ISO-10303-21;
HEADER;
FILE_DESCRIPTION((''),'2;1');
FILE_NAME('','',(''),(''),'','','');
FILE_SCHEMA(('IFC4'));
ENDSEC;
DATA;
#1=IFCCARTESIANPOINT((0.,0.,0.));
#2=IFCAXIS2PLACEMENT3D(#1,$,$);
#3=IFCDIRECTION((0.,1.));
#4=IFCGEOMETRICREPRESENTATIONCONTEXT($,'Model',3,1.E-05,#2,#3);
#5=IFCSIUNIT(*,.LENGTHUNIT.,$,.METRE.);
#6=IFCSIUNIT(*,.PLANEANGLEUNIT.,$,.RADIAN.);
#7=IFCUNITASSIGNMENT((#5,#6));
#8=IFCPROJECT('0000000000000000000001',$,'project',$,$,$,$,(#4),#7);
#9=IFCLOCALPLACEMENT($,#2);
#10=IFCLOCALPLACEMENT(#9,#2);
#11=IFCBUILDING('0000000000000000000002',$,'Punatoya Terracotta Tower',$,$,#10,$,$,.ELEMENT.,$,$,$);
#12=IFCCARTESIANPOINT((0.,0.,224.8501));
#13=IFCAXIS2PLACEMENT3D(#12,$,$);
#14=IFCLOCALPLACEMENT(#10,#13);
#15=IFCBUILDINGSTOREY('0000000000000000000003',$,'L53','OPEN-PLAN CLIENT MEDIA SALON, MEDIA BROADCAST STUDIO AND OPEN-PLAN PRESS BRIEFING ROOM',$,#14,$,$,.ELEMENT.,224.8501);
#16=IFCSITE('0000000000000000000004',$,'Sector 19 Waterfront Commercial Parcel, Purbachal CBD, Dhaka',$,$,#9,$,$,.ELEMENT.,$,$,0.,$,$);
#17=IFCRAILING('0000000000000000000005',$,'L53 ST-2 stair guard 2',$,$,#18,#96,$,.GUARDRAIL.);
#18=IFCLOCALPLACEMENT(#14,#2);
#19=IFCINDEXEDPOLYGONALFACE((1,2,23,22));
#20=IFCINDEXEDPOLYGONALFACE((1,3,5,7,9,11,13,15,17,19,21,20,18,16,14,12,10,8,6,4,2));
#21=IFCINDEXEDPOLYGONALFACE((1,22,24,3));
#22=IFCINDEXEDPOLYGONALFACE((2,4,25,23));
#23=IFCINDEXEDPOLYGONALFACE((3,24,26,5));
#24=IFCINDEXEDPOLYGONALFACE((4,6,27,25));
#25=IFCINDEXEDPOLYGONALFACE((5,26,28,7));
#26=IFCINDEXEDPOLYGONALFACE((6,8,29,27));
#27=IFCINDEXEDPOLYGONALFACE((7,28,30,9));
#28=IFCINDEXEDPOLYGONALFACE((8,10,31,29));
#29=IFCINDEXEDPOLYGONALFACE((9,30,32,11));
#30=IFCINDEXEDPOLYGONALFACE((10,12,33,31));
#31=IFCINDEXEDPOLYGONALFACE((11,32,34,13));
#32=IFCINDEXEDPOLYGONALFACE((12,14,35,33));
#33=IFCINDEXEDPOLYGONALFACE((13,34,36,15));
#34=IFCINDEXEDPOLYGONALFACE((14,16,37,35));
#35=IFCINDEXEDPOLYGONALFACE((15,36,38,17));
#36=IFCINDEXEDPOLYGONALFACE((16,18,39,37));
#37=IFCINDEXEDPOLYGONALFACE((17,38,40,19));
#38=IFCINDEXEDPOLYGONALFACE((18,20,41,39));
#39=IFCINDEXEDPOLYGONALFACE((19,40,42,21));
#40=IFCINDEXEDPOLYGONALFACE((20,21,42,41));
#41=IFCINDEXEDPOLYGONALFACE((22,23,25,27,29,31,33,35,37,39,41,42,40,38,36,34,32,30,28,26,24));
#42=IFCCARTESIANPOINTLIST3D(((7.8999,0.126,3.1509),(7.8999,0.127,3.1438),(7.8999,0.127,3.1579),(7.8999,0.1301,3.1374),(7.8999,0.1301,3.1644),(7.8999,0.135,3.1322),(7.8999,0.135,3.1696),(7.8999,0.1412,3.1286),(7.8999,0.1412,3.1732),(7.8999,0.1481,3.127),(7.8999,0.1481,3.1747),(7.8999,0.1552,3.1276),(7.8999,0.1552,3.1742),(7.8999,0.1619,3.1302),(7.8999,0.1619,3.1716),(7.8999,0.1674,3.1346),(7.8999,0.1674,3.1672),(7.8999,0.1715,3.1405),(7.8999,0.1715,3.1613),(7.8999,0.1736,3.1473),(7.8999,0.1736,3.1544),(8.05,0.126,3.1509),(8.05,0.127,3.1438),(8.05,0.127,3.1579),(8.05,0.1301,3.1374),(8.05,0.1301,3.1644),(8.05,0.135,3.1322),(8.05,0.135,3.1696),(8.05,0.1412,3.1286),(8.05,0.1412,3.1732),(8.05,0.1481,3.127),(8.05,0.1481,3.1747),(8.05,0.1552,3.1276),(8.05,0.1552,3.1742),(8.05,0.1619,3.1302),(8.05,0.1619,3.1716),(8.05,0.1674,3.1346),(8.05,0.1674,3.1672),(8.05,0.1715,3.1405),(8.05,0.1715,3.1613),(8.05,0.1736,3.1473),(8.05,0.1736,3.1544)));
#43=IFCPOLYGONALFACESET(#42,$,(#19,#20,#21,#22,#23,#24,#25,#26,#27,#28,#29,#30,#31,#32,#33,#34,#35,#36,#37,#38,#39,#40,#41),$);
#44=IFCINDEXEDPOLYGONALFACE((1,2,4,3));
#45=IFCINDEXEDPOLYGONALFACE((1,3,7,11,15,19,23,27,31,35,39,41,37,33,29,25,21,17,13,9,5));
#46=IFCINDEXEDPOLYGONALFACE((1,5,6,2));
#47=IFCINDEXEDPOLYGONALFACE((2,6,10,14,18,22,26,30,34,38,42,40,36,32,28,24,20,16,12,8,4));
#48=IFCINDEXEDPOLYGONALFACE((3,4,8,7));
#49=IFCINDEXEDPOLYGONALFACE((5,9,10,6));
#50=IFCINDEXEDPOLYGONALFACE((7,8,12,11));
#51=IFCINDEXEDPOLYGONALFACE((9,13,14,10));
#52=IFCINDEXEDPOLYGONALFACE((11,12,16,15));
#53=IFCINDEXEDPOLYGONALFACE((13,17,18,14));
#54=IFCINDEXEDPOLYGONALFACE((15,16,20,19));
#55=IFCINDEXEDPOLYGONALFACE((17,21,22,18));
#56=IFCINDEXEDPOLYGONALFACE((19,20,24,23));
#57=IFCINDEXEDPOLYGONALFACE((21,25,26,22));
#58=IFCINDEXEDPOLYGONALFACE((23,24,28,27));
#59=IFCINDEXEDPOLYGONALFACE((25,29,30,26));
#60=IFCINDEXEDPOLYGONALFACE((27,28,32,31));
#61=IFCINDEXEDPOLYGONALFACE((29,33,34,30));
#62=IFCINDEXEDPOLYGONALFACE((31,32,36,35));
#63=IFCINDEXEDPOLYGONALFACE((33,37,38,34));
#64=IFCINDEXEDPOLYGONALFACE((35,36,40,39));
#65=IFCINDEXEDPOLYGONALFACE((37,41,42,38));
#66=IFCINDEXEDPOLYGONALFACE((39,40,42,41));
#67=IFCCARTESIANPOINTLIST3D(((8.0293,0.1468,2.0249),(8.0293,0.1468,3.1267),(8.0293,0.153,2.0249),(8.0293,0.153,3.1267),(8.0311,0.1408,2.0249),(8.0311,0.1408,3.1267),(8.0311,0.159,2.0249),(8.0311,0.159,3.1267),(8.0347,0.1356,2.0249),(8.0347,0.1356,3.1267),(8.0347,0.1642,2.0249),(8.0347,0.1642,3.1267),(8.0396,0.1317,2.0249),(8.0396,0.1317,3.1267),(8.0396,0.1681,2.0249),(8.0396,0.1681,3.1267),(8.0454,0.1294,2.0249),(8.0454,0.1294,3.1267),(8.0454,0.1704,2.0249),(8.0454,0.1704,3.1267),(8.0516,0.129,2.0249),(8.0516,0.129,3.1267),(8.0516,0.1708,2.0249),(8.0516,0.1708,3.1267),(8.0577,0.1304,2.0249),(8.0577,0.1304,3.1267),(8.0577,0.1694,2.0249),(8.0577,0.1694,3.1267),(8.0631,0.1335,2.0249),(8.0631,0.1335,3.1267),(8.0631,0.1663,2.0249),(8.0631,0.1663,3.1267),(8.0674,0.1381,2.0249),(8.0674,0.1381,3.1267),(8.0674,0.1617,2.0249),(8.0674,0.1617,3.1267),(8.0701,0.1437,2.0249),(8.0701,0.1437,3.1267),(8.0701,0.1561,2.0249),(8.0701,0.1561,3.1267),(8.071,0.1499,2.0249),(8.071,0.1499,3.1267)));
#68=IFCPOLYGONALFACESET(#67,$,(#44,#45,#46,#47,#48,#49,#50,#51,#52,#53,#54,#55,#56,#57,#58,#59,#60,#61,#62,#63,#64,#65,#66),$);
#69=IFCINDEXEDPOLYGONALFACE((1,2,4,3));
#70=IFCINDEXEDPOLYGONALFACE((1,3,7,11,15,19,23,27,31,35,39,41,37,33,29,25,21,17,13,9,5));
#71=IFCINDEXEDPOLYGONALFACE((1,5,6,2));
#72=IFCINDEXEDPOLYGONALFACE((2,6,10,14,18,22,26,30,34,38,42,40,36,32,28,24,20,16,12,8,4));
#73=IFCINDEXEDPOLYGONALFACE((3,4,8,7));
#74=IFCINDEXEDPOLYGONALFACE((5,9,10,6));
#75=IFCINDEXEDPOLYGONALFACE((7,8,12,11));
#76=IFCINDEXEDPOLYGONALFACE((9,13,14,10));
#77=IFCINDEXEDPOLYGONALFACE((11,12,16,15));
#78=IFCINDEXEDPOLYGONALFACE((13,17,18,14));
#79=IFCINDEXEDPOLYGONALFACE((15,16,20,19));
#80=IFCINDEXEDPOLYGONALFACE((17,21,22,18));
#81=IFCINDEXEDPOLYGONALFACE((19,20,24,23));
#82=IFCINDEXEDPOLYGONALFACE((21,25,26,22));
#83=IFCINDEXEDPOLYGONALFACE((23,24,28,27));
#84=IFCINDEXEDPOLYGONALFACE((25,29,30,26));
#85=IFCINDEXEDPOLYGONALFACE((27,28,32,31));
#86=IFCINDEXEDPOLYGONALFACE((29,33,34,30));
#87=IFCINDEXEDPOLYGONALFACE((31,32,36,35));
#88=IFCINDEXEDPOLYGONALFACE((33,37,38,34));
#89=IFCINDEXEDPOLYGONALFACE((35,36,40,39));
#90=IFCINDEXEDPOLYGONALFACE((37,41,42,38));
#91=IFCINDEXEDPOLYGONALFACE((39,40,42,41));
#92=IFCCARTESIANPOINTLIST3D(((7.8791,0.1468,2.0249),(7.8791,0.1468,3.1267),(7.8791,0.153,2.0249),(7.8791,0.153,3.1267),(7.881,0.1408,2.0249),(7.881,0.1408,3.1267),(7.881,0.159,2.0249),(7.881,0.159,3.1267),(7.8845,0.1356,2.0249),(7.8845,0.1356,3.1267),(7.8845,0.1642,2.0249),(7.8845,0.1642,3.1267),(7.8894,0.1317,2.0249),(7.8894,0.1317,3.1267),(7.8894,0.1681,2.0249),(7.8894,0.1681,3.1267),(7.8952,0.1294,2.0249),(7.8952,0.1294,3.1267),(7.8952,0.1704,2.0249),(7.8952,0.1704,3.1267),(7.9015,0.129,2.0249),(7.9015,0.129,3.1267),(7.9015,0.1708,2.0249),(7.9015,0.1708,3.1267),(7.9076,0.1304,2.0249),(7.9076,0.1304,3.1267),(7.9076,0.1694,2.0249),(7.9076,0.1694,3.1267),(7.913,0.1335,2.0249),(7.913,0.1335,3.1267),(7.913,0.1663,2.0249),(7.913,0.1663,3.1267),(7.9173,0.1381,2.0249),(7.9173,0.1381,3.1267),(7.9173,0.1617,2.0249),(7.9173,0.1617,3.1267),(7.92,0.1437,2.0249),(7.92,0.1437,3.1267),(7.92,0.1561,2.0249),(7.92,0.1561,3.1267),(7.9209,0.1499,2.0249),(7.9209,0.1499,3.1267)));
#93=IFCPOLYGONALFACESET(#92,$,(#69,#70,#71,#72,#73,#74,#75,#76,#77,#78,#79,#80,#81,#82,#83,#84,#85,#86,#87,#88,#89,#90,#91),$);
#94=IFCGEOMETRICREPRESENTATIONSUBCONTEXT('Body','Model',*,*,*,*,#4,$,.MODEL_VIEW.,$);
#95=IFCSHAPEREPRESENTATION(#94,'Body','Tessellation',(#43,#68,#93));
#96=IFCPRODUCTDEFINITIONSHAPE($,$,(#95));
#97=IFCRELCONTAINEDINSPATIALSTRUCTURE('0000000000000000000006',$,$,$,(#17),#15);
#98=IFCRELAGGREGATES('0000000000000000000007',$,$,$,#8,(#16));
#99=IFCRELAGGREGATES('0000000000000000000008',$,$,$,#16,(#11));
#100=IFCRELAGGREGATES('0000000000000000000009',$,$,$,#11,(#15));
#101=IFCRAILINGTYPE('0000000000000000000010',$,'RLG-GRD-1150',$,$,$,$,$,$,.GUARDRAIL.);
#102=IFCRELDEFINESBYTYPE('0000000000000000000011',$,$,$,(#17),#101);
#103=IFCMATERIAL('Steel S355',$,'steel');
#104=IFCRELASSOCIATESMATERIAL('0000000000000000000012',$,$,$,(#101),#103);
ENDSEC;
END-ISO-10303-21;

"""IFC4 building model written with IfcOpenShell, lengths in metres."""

from ifc_helpers import new_model, si_unit, direction, frame, origin, origin_2d, place, context, subcontext, project, spatial, circle, extrude, material, type_object, element, save


model = new_model("IFC4")

# Units and contexts
model_context = context("Model", 3, precision=1e-05, world=origin(), true_north=direction((0.0, 1.0)))
body_context = subcontext(model_context, "Body", "Model", "MODEL_VIEW")
ifc_project = project(units=[si_unit("LENGTHUNIT", "METRE"), si_unit("PLANEANGLEUNIT", "RADIAN")], contexts=[model_context])

# Site, building, storey
site_placement = place(None, origin())
site = spatial("IfcSite", under=ifc_project, at=site_placement, Name="Sector 19 Waterfront Commercial Parcel, Purbachal CBD, Dhaka", CompositionType="ELEMENT", RefElevation=0.0)
building_placement = place(site_placement, origin())
building = spatial("IfcBuilding", under=site, at=building_placement, Name="Punatoya Terracotta Tower", CompositionType="ELEMENT")
storey_placement = place(building_placement, frame((0.0, 0.0, 224.8501)))
storey = spatial("IfcBuildingStorey", under=building, at=storey_placement, Name="L53", Description="OPEN-PLAN CLIENT MEDIA SALON, MEDIA BROADCAST STUDIO AND OPEN-PLAN PRESS BRIEFING ROOM", CompositionType="ELEMENT", Elevation=224.8501)

# Shared definitions
ifc_material_1 = material(Name="Steel S355", Category="steel")

# Railing
railing_type_1 = type_object("IfcRailingType", Name="RLG-GRD-1150", PredefinedType="GUARDRAIL", material=ifc_material_1)
railing_1_placement = place(storey_placement, frame((8.05, 0.1499, 2.0249)))
element("IfcRailing", 1, at=railing_1_placement, inside=storey, type_object=railing_type_1, Name="L53 ST-2 stair guard 2", PredefinedType="GUARDRAIL", context=body_context, shape_type="SweptSolid", body=[
    extrude(circle(Radius=0.0239, at=origin_2d()), frame((0.0, 0.0, 1.126), z_axis=(-1.0, 0.0, 0.0), x_axis=(0.0, -1.0, 0.0)), (0.0, 0.0, 1.0), 0.1501),
    extrude(circle(Radius=0.021, at=origin_2d()), origin(), (0.0, 0.0, 1.0), 1.1018),
    extrude(circle(Radius=0.021, at=origin_2d()), frame((-0.1501, 0.0, 0.0)), (0.0, 0.0, 1.0), 1.1018),
])

save(model, "model.ifc")
